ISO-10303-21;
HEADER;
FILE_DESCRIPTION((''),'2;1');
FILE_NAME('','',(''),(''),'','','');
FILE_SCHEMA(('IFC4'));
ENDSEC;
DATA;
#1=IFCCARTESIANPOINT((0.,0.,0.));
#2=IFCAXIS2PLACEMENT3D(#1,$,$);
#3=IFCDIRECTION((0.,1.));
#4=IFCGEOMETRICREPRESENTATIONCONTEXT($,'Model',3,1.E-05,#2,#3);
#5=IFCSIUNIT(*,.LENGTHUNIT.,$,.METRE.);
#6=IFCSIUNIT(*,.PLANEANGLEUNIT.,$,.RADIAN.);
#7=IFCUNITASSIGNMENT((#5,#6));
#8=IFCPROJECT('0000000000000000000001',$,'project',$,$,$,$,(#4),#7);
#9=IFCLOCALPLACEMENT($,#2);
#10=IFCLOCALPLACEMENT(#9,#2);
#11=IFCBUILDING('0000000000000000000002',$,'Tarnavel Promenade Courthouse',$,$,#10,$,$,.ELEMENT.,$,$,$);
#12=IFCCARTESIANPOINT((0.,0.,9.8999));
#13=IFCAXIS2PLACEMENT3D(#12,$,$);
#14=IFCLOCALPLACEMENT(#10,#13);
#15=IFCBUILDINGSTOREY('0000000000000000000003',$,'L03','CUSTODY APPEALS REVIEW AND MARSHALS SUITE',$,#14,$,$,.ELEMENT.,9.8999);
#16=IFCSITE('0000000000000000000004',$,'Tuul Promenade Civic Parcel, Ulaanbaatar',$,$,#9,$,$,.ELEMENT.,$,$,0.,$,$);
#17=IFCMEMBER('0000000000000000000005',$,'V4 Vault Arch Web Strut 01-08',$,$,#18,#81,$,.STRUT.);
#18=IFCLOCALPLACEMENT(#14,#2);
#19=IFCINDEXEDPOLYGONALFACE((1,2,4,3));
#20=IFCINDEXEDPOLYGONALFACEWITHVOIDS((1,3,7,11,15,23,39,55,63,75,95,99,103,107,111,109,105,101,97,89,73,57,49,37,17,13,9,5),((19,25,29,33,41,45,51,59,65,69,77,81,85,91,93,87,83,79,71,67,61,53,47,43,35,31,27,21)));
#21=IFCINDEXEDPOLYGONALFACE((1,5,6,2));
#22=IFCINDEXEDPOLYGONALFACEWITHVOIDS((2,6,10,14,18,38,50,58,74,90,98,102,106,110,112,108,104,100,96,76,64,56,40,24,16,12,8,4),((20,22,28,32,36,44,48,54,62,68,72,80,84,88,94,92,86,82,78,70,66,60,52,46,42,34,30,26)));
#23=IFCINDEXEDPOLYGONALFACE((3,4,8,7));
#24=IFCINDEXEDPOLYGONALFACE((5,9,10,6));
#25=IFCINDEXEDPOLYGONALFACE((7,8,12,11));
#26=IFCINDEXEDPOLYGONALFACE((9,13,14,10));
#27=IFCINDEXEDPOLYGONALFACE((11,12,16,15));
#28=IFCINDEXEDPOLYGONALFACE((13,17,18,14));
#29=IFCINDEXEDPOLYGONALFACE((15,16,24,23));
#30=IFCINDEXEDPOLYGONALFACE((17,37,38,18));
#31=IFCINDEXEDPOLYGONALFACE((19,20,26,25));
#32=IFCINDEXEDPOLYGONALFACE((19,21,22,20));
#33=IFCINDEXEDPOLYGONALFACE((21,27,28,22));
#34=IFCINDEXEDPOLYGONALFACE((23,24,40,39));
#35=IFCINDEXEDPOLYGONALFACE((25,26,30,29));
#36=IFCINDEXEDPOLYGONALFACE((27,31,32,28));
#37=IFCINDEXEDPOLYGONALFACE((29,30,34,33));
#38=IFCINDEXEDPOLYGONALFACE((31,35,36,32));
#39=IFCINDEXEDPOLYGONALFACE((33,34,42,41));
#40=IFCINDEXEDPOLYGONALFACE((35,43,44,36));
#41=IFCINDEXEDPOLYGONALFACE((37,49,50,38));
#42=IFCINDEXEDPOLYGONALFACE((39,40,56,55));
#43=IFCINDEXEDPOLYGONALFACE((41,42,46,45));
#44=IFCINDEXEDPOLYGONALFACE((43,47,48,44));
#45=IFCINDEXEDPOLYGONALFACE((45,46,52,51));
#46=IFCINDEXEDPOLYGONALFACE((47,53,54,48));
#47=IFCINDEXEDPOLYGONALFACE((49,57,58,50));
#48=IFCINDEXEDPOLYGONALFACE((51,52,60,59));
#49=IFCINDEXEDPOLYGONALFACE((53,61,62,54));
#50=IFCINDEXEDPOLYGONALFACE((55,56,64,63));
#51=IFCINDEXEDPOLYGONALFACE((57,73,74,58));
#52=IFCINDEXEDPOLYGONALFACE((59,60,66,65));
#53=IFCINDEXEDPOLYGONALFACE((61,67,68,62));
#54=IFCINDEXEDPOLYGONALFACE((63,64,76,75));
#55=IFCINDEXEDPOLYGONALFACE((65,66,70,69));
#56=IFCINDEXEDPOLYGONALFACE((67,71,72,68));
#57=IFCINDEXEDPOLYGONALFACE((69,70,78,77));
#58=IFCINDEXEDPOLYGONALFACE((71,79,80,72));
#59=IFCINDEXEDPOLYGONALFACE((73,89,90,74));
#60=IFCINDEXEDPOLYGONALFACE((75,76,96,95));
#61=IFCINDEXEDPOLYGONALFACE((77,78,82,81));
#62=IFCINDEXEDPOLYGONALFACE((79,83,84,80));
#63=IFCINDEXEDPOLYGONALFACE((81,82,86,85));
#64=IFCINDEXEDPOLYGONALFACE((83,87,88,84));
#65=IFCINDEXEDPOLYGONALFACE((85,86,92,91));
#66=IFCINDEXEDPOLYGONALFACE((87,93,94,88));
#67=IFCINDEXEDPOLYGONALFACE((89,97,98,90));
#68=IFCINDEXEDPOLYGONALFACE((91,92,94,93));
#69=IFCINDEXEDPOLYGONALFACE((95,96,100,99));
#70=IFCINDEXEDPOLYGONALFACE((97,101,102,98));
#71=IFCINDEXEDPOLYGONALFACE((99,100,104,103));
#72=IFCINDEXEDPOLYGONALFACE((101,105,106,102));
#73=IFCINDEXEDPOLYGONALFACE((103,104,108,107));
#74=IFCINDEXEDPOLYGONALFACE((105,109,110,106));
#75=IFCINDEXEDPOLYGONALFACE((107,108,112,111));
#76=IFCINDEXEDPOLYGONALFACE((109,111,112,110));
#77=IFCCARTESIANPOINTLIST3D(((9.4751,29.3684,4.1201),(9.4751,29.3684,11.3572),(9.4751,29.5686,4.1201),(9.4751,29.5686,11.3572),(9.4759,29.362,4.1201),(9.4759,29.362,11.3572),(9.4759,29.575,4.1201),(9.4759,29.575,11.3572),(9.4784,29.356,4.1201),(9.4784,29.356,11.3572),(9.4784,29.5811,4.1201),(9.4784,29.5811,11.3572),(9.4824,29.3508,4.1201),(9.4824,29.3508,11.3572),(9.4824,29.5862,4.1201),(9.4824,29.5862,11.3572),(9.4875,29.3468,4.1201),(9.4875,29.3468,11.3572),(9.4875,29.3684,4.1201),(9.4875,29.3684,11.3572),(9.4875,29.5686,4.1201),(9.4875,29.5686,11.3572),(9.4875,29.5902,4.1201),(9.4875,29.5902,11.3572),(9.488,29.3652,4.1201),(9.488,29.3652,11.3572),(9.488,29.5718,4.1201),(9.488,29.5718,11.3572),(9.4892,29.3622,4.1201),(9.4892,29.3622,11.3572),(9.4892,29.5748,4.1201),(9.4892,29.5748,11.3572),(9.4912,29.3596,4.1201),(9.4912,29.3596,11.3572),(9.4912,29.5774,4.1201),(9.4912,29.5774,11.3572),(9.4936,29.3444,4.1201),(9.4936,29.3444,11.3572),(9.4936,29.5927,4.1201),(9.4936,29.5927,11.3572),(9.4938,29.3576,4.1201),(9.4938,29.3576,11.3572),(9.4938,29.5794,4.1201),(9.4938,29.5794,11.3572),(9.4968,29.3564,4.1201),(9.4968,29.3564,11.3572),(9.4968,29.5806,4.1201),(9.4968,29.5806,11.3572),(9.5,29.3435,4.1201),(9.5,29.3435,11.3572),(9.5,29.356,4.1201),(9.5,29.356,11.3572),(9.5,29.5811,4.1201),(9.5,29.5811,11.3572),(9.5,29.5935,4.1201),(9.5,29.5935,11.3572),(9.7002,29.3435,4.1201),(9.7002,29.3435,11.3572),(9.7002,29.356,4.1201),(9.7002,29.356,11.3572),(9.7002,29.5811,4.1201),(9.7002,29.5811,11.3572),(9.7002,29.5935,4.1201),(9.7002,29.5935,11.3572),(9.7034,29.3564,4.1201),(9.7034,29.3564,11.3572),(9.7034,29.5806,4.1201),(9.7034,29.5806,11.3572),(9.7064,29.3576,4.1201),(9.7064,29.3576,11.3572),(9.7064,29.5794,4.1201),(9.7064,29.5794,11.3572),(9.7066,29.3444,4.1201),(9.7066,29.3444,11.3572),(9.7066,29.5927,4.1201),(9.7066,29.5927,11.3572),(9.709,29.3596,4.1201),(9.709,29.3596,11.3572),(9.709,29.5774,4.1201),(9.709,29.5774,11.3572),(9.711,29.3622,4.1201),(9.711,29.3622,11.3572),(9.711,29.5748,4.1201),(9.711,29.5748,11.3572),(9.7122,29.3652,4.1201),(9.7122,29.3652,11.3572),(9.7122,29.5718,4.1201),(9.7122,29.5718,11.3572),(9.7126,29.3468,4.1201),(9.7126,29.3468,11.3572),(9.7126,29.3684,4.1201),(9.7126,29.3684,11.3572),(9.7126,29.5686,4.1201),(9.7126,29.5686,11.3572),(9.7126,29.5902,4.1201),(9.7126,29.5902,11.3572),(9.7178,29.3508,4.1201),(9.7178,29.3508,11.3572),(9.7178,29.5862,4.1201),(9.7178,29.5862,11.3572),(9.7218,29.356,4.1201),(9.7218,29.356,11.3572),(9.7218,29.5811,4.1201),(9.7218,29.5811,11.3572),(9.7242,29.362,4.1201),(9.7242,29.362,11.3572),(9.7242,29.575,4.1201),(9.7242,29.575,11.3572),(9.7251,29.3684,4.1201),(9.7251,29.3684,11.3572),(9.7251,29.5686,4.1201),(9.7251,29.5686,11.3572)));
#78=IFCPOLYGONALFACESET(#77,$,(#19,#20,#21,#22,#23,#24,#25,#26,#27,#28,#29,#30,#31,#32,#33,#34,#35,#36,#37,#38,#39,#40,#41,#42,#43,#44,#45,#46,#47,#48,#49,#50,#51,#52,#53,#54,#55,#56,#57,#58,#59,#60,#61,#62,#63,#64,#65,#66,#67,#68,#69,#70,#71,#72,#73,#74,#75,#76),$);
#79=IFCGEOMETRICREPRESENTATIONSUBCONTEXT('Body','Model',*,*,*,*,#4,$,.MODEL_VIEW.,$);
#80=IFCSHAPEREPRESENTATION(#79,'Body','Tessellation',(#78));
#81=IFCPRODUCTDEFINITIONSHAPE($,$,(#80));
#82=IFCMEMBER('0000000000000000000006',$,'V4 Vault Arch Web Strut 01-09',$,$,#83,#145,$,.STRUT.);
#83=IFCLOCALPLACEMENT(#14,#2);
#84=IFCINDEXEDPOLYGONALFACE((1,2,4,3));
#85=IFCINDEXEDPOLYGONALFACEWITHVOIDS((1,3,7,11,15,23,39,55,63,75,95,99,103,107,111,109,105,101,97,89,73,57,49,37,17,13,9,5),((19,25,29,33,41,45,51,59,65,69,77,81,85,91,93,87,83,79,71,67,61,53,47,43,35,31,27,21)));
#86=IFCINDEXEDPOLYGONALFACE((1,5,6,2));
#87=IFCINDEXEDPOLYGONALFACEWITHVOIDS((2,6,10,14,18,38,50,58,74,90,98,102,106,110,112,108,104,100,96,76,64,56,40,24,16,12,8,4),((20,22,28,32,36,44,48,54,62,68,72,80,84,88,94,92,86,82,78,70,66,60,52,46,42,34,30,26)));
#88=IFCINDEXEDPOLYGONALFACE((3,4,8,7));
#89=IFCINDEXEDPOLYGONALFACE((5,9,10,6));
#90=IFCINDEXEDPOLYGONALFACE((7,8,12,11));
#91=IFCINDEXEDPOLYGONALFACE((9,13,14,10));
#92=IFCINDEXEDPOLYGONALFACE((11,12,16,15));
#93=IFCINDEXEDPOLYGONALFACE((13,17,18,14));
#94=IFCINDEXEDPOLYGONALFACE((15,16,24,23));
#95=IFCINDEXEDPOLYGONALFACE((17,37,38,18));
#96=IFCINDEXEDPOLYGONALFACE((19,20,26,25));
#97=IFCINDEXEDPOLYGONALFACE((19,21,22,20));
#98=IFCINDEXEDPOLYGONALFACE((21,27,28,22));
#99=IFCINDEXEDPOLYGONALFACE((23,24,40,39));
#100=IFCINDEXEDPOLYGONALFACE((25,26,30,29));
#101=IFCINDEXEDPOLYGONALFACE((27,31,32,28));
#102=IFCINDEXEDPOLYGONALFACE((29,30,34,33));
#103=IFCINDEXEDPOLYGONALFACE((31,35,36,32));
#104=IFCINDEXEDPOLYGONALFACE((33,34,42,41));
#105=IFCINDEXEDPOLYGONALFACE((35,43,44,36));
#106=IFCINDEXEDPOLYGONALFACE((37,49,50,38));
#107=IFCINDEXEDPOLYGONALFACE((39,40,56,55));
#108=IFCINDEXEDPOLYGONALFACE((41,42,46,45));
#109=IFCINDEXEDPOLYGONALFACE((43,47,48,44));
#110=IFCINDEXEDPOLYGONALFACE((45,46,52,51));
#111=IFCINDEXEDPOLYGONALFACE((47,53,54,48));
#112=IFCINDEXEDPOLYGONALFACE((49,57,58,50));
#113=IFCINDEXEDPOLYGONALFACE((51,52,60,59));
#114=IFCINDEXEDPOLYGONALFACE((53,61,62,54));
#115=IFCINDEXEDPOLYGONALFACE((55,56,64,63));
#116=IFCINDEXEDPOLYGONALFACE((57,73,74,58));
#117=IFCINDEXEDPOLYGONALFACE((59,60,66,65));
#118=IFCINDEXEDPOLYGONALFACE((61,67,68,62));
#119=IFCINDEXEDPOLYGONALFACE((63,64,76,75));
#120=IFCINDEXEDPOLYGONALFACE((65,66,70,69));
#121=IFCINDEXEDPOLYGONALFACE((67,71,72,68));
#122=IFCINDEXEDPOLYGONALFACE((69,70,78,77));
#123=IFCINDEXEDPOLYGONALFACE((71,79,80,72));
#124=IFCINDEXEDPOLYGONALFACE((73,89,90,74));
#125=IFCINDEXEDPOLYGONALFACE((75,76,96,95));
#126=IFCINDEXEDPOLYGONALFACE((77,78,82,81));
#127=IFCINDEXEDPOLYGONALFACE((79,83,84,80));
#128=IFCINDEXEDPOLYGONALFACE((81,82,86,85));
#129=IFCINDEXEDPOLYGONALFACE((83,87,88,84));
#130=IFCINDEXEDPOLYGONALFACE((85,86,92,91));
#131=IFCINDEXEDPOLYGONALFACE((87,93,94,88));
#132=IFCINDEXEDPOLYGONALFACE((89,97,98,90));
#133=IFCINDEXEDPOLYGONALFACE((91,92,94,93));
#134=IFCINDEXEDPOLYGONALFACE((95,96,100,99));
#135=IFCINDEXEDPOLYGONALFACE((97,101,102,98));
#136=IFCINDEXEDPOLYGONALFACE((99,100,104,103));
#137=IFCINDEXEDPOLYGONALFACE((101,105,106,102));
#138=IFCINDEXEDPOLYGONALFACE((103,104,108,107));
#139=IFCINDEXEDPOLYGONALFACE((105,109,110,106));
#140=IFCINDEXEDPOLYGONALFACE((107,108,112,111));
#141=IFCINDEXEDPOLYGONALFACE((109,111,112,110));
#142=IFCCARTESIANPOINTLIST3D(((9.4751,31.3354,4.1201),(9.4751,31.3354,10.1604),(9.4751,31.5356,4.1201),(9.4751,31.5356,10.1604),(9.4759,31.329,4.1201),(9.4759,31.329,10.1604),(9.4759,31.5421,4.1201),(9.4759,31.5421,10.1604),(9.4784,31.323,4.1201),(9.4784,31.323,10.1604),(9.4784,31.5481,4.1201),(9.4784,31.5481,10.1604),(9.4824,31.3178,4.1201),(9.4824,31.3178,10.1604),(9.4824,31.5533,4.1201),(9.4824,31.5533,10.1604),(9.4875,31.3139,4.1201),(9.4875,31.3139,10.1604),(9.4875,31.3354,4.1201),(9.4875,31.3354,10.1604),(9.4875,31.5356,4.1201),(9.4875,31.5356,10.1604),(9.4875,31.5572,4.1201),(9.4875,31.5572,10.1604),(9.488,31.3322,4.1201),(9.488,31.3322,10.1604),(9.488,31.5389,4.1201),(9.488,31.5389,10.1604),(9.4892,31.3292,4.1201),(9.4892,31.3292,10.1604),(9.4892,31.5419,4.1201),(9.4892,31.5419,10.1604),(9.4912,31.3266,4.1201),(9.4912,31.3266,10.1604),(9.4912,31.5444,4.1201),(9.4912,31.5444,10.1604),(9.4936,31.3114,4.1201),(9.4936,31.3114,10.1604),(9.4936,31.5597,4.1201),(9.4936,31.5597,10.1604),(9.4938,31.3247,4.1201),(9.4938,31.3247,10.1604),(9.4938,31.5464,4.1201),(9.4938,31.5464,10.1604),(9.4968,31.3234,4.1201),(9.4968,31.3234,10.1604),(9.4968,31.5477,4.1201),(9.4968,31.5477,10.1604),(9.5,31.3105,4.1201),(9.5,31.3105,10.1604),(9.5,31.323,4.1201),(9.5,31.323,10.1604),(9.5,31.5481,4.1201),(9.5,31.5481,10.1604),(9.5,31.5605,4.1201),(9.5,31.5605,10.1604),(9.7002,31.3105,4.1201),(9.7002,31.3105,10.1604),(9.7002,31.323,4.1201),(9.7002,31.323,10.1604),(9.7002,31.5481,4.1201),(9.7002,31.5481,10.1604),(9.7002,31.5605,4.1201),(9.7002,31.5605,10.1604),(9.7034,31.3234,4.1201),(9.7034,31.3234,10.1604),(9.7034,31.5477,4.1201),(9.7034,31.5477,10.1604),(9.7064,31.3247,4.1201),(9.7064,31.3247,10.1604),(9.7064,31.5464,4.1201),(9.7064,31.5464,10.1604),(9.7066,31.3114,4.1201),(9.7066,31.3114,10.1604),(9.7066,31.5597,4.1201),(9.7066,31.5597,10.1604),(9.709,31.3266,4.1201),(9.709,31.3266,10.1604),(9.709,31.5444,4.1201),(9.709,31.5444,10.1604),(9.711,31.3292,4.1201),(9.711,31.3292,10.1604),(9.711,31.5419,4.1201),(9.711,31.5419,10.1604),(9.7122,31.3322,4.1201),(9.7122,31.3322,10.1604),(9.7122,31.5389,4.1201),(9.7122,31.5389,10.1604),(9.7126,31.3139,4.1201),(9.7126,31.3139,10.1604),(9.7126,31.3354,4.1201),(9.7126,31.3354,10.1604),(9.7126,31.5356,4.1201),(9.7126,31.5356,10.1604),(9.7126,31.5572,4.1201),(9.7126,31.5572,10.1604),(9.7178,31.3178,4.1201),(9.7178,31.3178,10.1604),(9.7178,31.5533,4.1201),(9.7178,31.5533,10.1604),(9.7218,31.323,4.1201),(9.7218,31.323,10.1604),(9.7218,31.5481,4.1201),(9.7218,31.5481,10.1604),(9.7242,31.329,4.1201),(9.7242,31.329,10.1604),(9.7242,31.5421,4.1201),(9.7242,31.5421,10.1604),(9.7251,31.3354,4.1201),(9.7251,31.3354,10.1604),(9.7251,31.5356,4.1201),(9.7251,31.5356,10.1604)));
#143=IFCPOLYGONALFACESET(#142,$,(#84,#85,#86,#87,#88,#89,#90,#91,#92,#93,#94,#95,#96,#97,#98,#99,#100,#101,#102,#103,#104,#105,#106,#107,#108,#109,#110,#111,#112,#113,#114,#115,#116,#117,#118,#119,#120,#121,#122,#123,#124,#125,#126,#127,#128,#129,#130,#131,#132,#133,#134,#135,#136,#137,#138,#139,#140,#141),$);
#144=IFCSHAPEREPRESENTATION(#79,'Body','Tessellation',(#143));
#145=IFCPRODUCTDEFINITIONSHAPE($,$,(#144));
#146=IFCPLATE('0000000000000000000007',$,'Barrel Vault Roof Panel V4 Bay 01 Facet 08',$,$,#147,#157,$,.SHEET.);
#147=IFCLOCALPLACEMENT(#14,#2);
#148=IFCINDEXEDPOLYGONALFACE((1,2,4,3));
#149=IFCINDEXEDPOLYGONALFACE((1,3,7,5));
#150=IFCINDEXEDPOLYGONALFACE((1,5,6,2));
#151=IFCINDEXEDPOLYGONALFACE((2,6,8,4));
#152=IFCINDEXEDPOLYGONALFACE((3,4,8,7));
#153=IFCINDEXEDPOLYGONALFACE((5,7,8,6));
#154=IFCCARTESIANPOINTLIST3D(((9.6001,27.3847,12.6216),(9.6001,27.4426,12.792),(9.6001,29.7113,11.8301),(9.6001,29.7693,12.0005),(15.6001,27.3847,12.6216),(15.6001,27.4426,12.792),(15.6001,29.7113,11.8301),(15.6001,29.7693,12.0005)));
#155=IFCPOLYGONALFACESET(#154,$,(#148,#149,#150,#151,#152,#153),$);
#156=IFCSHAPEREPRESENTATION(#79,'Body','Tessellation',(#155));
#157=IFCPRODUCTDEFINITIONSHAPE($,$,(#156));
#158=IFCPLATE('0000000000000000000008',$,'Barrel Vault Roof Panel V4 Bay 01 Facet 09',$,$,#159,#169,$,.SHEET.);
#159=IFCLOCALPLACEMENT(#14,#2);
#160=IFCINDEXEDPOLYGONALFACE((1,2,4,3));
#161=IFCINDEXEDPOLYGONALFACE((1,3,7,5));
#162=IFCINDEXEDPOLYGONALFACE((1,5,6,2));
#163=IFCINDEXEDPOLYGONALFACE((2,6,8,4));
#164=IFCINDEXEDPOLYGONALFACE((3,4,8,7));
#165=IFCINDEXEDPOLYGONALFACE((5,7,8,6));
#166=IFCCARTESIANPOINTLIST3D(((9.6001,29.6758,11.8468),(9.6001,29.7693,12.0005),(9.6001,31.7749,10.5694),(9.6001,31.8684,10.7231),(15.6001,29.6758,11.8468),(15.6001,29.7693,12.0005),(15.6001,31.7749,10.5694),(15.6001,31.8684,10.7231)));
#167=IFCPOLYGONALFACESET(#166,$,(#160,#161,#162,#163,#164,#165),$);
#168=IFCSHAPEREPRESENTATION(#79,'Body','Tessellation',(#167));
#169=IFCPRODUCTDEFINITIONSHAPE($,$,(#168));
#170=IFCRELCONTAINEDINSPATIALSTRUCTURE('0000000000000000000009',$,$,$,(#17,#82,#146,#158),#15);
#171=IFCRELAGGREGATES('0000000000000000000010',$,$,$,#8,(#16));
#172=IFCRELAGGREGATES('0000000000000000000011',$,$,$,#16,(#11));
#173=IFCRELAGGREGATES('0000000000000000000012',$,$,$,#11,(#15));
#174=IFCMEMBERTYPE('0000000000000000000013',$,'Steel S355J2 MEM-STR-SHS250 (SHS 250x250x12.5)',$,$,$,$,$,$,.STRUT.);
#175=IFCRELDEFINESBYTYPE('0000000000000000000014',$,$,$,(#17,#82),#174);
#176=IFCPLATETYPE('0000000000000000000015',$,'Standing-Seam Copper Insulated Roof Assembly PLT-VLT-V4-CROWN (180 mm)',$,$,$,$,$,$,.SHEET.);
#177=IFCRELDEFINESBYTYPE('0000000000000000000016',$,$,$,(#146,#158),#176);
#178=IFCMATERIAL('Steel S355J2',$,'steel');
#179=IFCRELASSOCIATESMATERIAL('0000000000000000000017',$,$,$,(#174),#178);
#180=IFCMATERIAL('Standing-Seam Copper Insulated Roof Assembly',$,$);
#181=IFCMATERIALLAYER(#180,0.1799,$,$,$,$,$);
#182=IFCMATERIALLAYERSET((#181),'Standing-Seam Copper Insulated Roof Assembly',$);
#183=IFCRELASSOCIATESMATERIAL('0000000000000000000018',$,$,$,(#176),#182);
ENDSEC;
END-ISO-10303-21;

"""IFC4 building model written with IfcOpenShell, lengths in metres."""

from ifc_helpers import new_model, si_unit, direction, frame, origin, origin_2d, place, context, subcontext, project, spatial, polyline, hollow_rectangle, outline, extrude, material, layer, layer_set, material_profile, profile_set, type_object, element, save


model = new_model("IFC4")

# Units and contexts
model_context = context("Model", 3, precision=1e-05, world=origin(), true_north=direction((0.0, 1.0)))
body_context = subcontext(model_context, "Body", "Model", "MODEL_VIEW")
ifc_project = project(units=[si_unit("LENGTHUNIT", "METRE"), si_unit("PLANEANGLEUNIT", "RADIAN")], contexts=[model_context])

# Site, building, storey
site_placement = place(None, origin())
site = spatial("IfcSite", under=ifc_project, at=site_placement, Name="Tuul Promenade Civic Parcel, Ulaanbaatar", CompositionType="ELEMENT", RefElevation=0.0)
building_placement = place(site_placement, origin())
building = spatial("IfcBuilding", under=site, at=building_placement, Name="Tarnavel Promenade Courthouse", CompositionType="ELEMENT")
storey_placement = place(building_placement, frame((0.0, 0.0, 9.8999)))
storey = spatial("IfcBuildingStorey", under=building, at=storey_placement, Name="L03", Description="CUSTODY APPEALS REVIEW AND MARSHALS SUITE", CompositionType="ELEMENT", Elevation=9.8999)

# Shared definitions
ifc_material_1 = material(Name="Steel S355J2", Category="steel")

# Members
ifc_material_profile_1 = material_profile(ifc_material_1, hollow_rectangle(XDim=0.25, YDim=0.25, WallThickness=0.0125, InnerFilletRadius=0.0125, OuterFilletRadius=0.0249, at=origin_2d()), Name="SHS 250x250x12.5")
ifc_profile_set_1 = profile_set([ifc_material_profile_1], Name="Steel S355J2")
member_type_1 = type_object("IfcMemberType", Name="Steel S355J2 MEM-STR-SHS250 (SHS 250x250x12.5)", PredefinedType="STRUT", material=ifc_profile_set_1)
member_1_placement = place(storey_placement, frame((9.6001, 29.4685, 4.1201), z_axis=(0.0, 0.0, 1.0), x_axis=(1.0, 0.0, 0.0)))
element("IfcMember", 1, at=member_1_placement, inside=storey, type_object=member_type_1, Name="V4 Vault Arch Web Strut 01-08", PredefinedType="STRUT", context=body_context, shape_type="SweptSolid", body=[
    extrude(hollow_rectangle(XDim=0.25, YDim=0.25, WallThickness=0.0125, InnerFilletRadius=0.0125, OuterFilletRadius=0.0249, at=origin_2d()), origin(), (0.0, 0.0, 1.0), 7.2371),
])
member_2_placement = place(storey_placement, frame((9.6001, 31.4355, 4.1201), z_axis=(0.0, 0.0, 1.0), x_axis=(1.0, 0.0, 0.0)))
element("IfcMember", 2, at=member_2_placement, inside=storey, type_object=member_type_1, Name="V4 Vault Arch Web Strut 01-09", PredefinedType="STRUT", context=body_context, shape_type="SweptSolid", body=[
    extrude(hollow_rectangle(XDim=0.25, YDim=0.25, WallThickness=0.0125, InnerFilletRadius=0.0125, OuterFilletRadius=0.0249, at=origin_2d()), origin(), (0.0, 0.0, 1.0), 6.0403),
])

# Plates
ifc_material_2 = material(Name="Standing-Seam Copper Insulated Roof Assembly")
ifc_layer_1 = layer(ifc_material_2, 0.1799)
ifc_layer_set_1 = layer_set([ifc_layer_1], Name="Standing-Seam Copper Insulated Roof Assembly")
plate_type = type_object("IfcPlateType", Name="Standing-Seam Copper Insulated Roof Assembly PLT-VLT-V4-CROWN (180 mm)", PredefinedType="SHEET", material=ifc_layer_set_1)
plate_1_placement = place(storey_placement, frame((9.6001, 27.4426, 12.792), z_axis=(0.0, 0.322063, 0.946718), x_axis=(1.0, 0.0, 0.0)))
element("IfcPlate", 3, at=plate_1_placement, inside=storey, type_object=plate_type, Name="Barrel Vault Roof Panel V4 Bay 01 Facet 08", PredefinedType="SHEET", context=body_context, shape_type="SweptSolid", body=[
    extrude(outline(polyline([(0.0, 0.0), (6.0, 0.0), (6.0, 2.4576), (0.0, 2.4576), (0.0, 0.0)])), origin(), (0.0, 0.0, -1.0), 0.1799),
])
plate_2_placement = place(storey_placement, frame((9.6001, 29.7693, 12.0005), z_axis=(0.0, 0.519833, 0.854268), x_axis=(1.0, 0.0, 0.0)))
element("IfcPlate", 4, at=plate_2_placement, inside=storey, type_object=plate_type, Name="Barrel Vault Roof Panel V4 Bay 01 Facet 09", PredefinedType="SHEET", context=body_context, shape_type="SweptSolid", body=[
    extrude(outline(polyline([(0.0, 0.0), (6.0, 0.0), (6.0, 2.4572), (0.0, 2.4572), (0.0, 0.0)])), origin(), (0.0, 0.0, -1.0), 0.1799),
])

save(model, "model.ifc")
